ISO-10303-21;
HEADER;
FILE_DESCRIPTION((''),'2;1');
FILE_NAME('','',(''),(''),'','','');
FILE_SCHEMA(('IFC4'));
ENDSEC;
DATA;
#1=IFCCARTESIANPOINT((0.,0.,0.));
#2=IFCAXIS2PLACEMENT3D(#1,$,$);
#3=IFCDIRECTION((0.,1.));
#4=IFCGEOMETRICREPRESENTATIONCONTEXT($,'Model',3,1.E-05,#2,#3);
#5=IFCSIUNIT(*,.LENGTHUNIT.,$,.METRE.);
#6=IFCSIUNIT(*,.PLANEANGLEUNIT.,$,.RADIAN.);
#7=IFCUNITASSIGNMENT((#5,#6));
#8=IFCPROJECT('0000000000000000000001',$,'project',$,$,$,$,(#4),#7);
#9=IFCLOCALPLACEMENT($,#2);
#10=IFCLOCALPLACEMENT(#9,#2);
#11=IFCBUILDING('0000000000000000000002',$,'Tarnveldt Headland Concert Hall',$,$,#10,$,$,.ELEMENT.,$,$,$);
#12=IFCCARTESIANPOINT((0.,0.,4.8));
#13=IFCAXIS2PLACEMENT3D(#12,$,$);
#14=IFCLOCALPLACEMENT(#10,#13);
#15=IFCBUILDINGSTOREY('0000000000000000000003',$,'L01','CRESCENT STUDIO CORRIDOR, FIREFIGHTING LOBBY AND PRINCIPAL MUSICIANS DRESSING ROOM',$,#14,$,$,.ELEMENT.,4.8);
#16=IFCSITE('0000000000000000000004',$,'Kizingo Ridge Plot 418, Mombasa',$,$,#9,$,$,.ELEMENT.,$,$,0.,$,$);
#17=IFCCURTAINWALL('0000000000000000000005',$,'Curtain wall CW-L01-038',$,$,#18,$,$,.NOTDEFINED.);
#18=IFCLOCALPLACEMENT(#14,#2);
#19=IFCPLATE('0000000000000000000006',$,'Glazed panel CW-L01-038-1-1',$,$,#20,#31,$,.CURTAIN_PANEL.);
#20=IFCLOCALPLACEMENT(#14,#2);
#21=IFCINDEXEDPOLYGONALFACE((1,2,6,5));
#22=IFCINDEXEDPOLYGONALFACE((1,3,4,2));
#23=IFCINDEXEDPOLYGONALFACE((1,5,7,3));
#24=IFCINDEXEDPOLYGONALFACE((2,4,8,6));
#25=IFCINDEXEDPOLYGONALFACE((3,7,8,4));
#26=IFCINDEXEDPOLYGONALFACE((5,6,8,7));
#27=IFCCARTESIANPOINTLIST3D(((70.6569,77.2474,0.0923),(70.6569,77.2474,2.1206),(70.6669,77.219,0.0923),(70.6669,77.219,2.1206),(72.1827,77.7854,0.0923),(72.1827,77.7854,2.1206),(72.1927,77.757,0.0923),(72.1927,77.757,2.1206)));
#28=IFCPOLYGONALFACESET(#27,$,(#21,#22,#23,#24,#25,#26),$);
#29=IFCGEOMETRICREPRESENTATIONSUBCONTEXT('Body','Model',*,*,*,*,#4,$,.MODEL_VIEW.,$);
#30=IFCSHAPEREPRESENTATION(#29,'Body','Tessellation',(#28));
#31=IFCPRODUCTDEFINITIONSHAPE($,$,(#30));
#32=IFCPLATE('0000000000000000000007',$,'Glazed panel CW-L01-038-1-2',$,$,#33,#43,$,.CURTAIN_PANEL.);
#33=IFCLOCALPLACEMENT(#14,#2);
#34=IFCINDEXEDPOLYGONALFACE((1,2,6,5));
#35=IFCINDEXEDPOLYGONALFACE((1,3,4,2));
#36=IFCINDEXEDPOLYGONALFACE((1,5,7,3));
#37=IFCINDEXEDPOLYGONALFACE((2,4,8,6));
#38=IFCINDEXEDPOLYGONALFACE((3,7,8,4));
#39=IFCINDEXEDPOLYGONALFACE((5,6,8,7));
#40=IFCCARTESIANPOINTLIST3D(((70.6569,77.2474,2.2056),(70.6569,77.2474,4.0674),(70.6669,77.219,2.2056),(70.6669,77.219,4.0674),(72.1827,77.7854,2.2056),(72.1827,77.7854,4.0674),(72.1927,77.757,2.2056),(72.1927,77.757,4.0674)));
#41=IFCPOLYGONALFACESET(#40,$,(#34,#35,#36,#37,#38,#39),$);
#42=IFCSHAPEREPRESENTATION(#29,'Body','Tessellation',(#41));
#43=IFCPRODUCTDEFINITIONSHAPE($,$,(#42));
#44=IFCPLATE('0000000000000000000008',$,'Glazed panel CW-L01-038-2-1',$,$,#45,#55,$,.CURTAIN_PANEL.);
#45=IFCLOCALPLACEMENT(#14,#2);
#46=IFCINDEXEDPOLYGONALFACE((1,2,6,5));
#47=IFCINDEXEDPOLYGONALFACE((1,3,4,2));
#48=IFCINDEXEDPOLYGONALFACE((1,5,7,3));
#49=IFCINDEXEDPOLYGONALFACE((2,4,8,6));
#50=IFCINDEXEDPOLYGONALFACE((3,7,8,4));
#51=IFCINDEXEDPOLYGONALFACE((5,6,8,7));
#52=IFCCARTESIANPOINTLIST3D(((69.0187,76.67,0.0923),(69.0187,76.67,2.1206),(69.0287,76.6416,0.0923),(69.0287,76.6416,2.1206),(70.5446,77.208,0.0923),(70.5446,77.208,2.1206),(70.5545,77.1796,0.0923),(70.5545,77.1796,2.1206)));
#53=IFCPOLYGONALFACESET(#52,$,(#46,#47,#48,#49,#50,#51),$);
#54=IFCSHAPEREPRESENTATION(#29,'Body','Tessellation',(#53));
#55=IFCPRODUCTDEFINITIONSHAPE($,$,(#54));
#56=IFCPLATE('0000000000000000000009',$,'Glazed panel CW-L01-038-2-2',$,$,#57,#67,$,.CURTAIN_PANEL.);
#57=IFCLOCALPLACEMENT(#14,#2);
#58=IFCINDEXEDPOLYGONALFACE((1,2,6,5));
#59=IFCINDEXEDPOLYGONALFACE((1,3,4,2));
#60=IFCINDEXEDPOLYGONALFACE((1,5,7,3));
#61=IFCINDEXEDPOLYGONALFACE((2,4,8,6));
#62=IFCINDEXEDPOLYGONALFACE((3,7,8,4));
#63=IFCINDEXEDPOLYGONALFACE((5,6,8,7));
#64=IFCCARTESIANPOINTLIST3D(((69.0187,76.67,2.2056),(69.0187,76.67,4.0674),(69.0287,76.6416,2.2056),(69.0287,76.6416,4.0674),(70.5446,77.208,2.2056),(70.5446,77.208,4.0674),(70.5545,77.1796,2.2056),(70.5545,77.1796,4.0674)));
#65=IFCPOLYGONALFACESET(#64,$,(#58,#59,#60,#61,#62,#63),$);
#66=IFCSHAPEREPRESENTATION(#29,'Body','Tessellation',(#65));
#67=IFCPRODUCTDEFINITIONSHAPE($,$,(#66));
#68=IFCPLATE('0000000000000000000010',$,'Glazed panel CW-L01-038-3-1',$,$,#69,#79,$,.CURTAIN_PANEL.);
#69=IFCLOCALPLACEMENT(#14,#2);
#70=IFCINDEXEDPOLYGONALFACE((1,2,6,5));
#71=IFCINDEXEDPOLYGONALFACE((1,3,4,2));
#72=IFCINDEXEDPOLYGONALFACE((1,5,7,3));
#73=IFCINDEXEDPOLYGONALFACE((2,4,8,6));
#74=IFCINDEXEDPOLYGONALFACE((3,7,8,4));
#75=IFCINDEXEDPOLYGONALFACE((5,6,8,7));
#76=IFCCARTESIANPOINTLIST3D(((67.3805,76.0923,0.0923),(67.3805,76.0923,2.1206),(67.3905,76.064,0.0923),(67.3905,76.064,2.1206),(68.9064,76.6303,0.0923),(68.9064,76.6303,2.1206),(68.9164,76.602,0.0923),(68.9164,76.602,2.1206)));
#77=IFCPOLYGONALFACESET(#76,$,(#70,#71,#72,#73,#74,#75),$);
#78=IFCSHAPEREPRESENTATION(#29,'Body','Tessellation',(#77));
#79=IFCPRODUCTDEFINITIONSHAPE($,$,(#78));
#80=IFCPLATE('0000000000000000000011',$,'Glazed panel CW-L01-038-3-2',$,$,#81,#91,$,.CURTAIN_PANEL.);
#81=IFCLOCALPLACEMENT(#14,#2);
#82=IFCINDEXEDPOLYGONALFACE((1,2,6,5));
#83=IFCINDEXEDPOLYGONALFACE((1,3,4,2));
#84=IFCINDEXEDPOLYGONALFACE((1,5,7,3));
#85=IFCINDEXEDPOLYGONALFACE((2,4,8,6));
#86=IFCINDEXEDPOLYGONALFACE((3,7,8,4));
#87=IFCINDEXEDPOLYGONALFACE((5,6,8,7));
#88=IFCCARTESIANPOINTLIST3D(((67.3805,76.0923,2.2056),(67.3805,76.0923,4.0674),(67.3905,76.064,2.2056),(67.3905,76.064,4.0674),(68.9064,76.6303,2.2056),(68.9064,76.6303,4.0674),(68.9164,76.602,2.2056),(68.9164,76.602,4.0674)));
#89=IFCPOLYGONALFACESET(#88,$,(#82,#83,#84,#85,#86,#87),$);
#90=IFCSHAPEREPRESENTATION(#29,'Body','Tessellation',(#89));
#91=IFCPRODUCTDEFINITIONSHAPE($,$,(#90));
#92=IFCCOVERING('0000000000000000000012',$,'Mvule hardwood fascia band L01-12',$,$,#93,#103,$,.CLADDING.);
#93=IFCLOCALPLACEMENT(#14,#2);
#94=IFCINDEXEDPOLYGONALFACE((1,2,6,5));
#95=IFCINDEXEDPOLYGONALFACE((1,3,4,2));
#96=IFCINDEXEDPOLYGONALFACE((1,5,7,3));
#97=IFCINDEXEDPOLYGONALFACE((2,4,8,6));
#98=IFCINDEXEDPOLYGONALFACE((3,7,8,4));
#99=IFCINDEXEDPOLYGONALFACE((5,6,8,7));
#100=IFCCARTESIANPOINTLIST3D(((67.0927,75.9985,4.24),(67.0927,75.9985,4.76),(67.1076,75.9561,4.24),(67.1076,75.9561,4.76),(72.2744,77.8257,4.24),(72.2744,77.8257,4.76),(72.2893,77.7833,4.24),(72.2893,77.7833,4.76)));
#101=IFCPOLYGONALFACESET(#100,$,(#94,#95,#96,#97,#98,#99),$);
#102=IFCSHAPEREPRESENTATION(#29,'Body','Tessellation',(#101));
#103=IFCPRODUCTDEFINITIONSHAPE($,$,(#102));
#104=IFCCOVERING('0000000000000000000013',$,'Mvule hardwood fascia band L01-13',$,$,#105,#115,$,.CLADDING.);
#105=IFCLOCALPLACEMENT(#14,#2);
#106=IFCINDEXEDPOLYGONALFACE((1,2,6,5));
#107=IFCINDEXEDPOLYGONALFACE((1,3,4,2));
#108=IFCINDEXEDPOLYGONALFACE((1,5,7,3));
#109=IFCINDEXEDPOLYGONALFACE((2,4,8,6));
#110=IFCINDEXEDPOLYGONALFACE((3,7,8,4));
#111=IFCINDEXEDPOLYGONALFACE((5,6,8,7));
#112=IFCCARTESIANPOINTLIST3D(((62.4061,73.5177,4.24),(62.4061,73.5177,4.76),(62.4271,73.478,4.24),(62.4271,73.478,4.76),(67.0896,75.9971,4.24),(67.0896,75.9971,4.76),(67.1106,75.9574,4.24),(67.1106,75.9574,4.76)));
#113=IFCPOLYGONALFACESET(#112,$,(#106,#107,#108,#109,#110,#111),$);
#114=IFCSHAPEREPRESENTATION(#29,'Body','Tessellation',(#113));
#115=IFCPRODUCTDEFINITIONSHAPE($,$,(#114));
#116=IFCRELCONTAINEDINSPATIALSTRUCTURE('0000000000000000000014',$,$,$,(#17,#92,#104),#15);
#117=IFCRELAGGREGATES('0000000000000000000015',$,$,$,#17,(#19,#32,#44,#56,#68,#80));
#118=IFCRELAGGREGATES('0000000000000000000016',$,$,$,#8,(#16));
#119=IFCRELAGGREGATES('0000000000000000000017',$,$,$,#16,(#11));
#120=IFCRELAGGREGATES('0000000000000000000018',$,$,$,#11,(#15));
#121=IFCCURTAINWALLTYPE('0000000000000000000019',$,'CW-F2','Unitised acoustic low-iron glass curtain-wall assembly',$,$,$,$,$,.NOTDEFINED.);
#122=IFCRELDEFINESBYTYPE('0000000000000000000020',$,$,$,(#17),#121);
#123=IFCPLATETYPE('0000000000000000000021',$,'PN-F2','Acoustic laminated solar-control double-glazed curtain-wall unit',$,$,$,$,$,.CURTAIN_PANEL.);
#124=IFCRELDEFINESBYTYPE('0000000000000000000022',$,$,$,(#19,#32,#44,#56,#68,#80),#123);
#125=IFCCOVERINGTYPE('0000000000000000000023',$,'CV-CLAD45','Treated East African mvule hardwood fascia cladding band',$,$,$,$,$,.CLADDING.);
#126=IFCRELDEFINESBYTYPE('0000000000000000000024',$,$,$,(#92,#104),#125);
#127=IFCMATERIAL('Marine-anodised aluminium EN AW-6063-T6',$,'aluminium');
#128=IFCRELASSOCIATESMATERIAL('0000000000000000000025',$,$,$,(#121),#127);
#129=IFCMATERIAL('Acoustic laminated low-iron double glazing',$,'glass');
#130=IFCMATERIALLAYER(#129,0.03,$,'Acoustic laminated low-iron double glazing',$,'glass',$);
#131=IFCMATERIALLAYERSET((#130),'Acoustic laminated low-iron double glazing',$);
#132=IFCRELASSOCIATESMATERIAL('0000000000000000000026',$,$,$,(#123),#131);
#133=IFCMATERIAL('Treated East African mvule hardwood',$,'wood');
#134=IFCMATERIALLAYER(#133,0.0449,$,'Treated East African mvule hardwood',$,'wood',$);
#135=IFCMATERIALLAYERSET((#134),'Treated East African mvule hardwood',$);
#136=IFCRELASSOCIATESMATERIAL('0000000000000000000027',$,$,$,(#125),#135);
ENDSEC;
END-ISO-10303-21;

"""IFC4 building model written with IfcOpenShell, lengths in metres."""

from ifc_helpers import new_model, si_unit, direction, frame, frame_2d, origin, origin_2d, place, context, subcontext, project, spatial, rectangle, extrude, material, layer, layer_set, type_object, element, aggregate, save


model = new_model("IFC4")

# Units and contexts
model_context = context("Model", 3, precision=1e-05, world=origin(), true_north=direction((0.0, 1.0)))
body_context = subcontext(model_context, "Body", "Model", "MODEL_VIEW")
ifc_project = project(units=[si_unit("LENGTHUNIT", "METRE"), si_unit("PLANEANGLEUNIT", "RADIAN")], contexts=[model_context])

# Site, building, storey
site_placement = place(None, origin())
site = spatial("IfcSite", under=ifc_project, at=site_placement, Name="Kizingo Ridge Plot 418, Mombasa", CompositionType="ELEMENT", RefElevation=0.0)
building_placement = place(site_placement, origin())
building = spatial("IfcBuilding", under=site, at=building_placement, Name="Tarnveldt Headland Concert Hall", CompositionType="ELEMENT")
storey_placement = place(building_placement, frame((0.0, 0.0, 4.8)))
storey = spatial("IfcBuildingStorey", under=building, at=storey_placement, Name="L01", Description="CRESCENT STUDIO CORRIDOR, FIREFIGHTING LOBBY AND PRINCIPAL MUSICIANS DRESSING ROOM", CompositionType="ELEMENT", Elevation=4.8)

# Curtain wall
ifc_material_1 = material(Name="Marine-anodised aluminium EN AW-6063-T6", Category="aluminium")
curtain_wall_type = type_object("IfcCurtainWallType", Name="CW-F2", Description="Unitised acoustic low-iron glass curtain-wall assembly", PredefinedType="NOTDEFINED", material=ifc_material_1)
curtain_wall_1_placement = place(storey_placement, origin())
curtain_wall_1 = element("IfcCurtainWall", 1, at=curtain_wall_1_placement, inside=storey, type_object=curtain_wall_type, Name="Curtain wall CW-L01-038", PredefinedType="NOTDEFINED")

# Plates
ifc_material_2 = material(Name="Acoustic laminated low-iron double glazing", Category="glass")
ifc_layer_1 = layer(ifc_material_2, 0.03, Name="Acoustic laminated low-iron double glazing", Category="glass")
ifc_layer_set_1 = layer_set([ifc_layer_1], Name="Acoustic laminated low-iron double glazing")
plate_type = type_object("IfcPlateType", Name="PN-F2", Description="Acoustic laminated solar-control double-glazed curtain-wall unit", PredefinedType="CURTAIN_PANEL", material=ifc_layer_set_1)
plate_1_placement = place(storey_placement, frame((71.4248, 77.5022, 0.0923), z_axis=(0.0, 0.0, 1.0), x_axis=(-0.943095, -0.332523, 0.0)))
plate_1 = element("IfcPlate", 2, at=plate_1_placement, type_object=plate_type, Name="Glazed panel CW-L01-038-1-1", PredefinedType="CURTAIN_PANEL", context=body_context, shape_type="SweptSolid", body=[
    extrude(rectangle(XDim=1.6179, YDim=0.03, at=origin_2d()), origin(), (0.0, 0.0, 1.0), 2.0283),
])
plate_2_placement = place(storey_placement, frame((71.4248, 77.5022, 2.2056), z_axis=(0.0, 0.0, 1.0), x_axis=(-0.943095, -0.332523, 0.0)))
plate_2 = element("IfcPlate", 3, at=plate_2_placement, type_object=plate_type, Name="Glazed panel CW-L01-038-1-2", PredefinedType="CURTAIN_PANEL", context=body_context, shape_type="SweptSolid", body=[
    extrude(rectangle(XDim=1.6179, YDim=0.03, at=origin_2d()), origin(), (0.0, 0.0, 1.0), 1.8618),
])
plate_3_placement = place(storey_placement, frame((69.7866, 76.9248, 0.0923), z_axis=(0.0, 0.0, 1.0), x_axis=(-0.943095, -0.332523, 0.0)))
plate_3 = element("IfcPlate", 4, at=plate_3_placement, type_object=plate_type, Name="Glazed panel CW-L01-038-2-1", PredefinedType="CURTAIN_PANEL", context=body_context, shape_type="SweptSolid", body=[
    extrude(rectangle(XDim=1.6179, YDim=0.03, at=origin_2d()), origin(), (0.0, 0.0, 1.0), 2.0283),
])
plate_4_placement = place(storey_placement, frame((69.7866, 76.9248, 2.2056), z_axis=(0.0, 0.0, 1.0), x_axis=(-0.943095, -0.332523, 0.0)))
plate_4 = element("IfcPlate", 5, at=plate_4_placement, type_object=plate_type, Name="Glazed panel CW-L01-038-2-2", PredefinedType="CURTAIN_PANEL", context=body_context, shape_type="SweptSolid", body=[
    extrude(rectangle(XDim=1.6179, YDim=0.03, at=origin_2d()), origin(), (0.0, 0.0, 1.0), 1.8618),
])
plate_5_placement = place(storey_placement, frame((68.1484, 76.3472, 0.0923), z_axis=(0.0, 0.0, 1.0), x_axis=(-0.943095, -0.332523, 0.0)))
plate_5 = element("IfcPlate", 6, at=plate_5_placement, type_object=plate_type, Name="Glazed panel CW-L01-038-3-1", PredefinedType="CURTAIN_PANEL", context=body_context, shape_type="SweptSolid", body=[
    extrude(rectangle(XDim=1.6179, YDim=0.03, at=origin_2d()), origin(), (0.0, 0.0, 1.0), 2.0283),
])
plate_6_placement = place(storey_placement, frame((68.1484, 76.3472, 2.2056), z_axis=(0.0, 0.0, 1.0), x_axis=(-0.943095, -0.332523, 0.0)))
plate_6 = element("IfcPlate", 7, at=plate_6_placement, type_object=plate_type, Name="Glazed panel CW-L01-038-3-2", PredefinedType="CURTAIN_PANEL", context=body_context, shape_type="SweptSolid", body=[
    extrude(rectangle(XDim=1.6179, YDim=0.03, at=origin_2d()), origin(), (0.0, 0.0, 1.0), 1.8618),
])
aggregate(curtain_wall_1, [plate_1, plate_2, plate_3, plate_4, plate_5, plate_6])

# Coverings
ifc_material_3 = material(Name="Treated East African mvule hardwood", Category="wood")
ifc_layer_2 = layer(ifc_material_3, 0.0449, Name="Treated East African mvule hardwood", Category="wood")
ifc_layer_set_2 = layer_set([ifc_layer_2], Name="Treated East African mvule hardwood")
covering_type = type_object("IfcCoveringType", Name="CV-CLAD45", Description="Treated East African mvule hardwood fascia cladding band", PredefinedType="CLADDING", material=ifc_layer_set_2)
covering_1_placement = place(storey_placement, frame((72.2817, 77.8044, 4.24), z_axis=(0.0, 0.0, 1.0), x_axis=(-0.943085, -0.33255, 0.0)))
element("IfcCovering", 8, at=covering_1_placement, inside=storey, type_object=covering_type, Name="Mvule hardwood fascia band L01-12", PredefinedType="CLADDING", context=body_context, shape_type="SweptSolid", body=[
    extrude(rectangle(XDim=5.4944, YDim=0.0449, at=frame_2d((2.7471, 0.0))), origin(), (0.0, 0.0, 1.0), 0.52),
])
covering_2_placement = place(storey_placement, frame((67.1001, 75.9773, 4.24), z_axis=(0.0, 0.0, 1.0), x_axis=(-0.883792, -0.467879, 0.0)))
element("IfcCovering", 9, at=covering_2_placement, inside=storey, type_object=covering_type, Name="Mvule hardwood fascia band L01-13", PredefinedType="CLADDING", context=body_context, shape_type="SweptSolid", body=[
    extrude(rectangle(XDim=5.2993, YDim=0.0449, at=frame_2d((2.6497, 0.0))), origin(), (0.0, 0.0, 1.0), 0.52),
])

save(model, "model.ifc")
